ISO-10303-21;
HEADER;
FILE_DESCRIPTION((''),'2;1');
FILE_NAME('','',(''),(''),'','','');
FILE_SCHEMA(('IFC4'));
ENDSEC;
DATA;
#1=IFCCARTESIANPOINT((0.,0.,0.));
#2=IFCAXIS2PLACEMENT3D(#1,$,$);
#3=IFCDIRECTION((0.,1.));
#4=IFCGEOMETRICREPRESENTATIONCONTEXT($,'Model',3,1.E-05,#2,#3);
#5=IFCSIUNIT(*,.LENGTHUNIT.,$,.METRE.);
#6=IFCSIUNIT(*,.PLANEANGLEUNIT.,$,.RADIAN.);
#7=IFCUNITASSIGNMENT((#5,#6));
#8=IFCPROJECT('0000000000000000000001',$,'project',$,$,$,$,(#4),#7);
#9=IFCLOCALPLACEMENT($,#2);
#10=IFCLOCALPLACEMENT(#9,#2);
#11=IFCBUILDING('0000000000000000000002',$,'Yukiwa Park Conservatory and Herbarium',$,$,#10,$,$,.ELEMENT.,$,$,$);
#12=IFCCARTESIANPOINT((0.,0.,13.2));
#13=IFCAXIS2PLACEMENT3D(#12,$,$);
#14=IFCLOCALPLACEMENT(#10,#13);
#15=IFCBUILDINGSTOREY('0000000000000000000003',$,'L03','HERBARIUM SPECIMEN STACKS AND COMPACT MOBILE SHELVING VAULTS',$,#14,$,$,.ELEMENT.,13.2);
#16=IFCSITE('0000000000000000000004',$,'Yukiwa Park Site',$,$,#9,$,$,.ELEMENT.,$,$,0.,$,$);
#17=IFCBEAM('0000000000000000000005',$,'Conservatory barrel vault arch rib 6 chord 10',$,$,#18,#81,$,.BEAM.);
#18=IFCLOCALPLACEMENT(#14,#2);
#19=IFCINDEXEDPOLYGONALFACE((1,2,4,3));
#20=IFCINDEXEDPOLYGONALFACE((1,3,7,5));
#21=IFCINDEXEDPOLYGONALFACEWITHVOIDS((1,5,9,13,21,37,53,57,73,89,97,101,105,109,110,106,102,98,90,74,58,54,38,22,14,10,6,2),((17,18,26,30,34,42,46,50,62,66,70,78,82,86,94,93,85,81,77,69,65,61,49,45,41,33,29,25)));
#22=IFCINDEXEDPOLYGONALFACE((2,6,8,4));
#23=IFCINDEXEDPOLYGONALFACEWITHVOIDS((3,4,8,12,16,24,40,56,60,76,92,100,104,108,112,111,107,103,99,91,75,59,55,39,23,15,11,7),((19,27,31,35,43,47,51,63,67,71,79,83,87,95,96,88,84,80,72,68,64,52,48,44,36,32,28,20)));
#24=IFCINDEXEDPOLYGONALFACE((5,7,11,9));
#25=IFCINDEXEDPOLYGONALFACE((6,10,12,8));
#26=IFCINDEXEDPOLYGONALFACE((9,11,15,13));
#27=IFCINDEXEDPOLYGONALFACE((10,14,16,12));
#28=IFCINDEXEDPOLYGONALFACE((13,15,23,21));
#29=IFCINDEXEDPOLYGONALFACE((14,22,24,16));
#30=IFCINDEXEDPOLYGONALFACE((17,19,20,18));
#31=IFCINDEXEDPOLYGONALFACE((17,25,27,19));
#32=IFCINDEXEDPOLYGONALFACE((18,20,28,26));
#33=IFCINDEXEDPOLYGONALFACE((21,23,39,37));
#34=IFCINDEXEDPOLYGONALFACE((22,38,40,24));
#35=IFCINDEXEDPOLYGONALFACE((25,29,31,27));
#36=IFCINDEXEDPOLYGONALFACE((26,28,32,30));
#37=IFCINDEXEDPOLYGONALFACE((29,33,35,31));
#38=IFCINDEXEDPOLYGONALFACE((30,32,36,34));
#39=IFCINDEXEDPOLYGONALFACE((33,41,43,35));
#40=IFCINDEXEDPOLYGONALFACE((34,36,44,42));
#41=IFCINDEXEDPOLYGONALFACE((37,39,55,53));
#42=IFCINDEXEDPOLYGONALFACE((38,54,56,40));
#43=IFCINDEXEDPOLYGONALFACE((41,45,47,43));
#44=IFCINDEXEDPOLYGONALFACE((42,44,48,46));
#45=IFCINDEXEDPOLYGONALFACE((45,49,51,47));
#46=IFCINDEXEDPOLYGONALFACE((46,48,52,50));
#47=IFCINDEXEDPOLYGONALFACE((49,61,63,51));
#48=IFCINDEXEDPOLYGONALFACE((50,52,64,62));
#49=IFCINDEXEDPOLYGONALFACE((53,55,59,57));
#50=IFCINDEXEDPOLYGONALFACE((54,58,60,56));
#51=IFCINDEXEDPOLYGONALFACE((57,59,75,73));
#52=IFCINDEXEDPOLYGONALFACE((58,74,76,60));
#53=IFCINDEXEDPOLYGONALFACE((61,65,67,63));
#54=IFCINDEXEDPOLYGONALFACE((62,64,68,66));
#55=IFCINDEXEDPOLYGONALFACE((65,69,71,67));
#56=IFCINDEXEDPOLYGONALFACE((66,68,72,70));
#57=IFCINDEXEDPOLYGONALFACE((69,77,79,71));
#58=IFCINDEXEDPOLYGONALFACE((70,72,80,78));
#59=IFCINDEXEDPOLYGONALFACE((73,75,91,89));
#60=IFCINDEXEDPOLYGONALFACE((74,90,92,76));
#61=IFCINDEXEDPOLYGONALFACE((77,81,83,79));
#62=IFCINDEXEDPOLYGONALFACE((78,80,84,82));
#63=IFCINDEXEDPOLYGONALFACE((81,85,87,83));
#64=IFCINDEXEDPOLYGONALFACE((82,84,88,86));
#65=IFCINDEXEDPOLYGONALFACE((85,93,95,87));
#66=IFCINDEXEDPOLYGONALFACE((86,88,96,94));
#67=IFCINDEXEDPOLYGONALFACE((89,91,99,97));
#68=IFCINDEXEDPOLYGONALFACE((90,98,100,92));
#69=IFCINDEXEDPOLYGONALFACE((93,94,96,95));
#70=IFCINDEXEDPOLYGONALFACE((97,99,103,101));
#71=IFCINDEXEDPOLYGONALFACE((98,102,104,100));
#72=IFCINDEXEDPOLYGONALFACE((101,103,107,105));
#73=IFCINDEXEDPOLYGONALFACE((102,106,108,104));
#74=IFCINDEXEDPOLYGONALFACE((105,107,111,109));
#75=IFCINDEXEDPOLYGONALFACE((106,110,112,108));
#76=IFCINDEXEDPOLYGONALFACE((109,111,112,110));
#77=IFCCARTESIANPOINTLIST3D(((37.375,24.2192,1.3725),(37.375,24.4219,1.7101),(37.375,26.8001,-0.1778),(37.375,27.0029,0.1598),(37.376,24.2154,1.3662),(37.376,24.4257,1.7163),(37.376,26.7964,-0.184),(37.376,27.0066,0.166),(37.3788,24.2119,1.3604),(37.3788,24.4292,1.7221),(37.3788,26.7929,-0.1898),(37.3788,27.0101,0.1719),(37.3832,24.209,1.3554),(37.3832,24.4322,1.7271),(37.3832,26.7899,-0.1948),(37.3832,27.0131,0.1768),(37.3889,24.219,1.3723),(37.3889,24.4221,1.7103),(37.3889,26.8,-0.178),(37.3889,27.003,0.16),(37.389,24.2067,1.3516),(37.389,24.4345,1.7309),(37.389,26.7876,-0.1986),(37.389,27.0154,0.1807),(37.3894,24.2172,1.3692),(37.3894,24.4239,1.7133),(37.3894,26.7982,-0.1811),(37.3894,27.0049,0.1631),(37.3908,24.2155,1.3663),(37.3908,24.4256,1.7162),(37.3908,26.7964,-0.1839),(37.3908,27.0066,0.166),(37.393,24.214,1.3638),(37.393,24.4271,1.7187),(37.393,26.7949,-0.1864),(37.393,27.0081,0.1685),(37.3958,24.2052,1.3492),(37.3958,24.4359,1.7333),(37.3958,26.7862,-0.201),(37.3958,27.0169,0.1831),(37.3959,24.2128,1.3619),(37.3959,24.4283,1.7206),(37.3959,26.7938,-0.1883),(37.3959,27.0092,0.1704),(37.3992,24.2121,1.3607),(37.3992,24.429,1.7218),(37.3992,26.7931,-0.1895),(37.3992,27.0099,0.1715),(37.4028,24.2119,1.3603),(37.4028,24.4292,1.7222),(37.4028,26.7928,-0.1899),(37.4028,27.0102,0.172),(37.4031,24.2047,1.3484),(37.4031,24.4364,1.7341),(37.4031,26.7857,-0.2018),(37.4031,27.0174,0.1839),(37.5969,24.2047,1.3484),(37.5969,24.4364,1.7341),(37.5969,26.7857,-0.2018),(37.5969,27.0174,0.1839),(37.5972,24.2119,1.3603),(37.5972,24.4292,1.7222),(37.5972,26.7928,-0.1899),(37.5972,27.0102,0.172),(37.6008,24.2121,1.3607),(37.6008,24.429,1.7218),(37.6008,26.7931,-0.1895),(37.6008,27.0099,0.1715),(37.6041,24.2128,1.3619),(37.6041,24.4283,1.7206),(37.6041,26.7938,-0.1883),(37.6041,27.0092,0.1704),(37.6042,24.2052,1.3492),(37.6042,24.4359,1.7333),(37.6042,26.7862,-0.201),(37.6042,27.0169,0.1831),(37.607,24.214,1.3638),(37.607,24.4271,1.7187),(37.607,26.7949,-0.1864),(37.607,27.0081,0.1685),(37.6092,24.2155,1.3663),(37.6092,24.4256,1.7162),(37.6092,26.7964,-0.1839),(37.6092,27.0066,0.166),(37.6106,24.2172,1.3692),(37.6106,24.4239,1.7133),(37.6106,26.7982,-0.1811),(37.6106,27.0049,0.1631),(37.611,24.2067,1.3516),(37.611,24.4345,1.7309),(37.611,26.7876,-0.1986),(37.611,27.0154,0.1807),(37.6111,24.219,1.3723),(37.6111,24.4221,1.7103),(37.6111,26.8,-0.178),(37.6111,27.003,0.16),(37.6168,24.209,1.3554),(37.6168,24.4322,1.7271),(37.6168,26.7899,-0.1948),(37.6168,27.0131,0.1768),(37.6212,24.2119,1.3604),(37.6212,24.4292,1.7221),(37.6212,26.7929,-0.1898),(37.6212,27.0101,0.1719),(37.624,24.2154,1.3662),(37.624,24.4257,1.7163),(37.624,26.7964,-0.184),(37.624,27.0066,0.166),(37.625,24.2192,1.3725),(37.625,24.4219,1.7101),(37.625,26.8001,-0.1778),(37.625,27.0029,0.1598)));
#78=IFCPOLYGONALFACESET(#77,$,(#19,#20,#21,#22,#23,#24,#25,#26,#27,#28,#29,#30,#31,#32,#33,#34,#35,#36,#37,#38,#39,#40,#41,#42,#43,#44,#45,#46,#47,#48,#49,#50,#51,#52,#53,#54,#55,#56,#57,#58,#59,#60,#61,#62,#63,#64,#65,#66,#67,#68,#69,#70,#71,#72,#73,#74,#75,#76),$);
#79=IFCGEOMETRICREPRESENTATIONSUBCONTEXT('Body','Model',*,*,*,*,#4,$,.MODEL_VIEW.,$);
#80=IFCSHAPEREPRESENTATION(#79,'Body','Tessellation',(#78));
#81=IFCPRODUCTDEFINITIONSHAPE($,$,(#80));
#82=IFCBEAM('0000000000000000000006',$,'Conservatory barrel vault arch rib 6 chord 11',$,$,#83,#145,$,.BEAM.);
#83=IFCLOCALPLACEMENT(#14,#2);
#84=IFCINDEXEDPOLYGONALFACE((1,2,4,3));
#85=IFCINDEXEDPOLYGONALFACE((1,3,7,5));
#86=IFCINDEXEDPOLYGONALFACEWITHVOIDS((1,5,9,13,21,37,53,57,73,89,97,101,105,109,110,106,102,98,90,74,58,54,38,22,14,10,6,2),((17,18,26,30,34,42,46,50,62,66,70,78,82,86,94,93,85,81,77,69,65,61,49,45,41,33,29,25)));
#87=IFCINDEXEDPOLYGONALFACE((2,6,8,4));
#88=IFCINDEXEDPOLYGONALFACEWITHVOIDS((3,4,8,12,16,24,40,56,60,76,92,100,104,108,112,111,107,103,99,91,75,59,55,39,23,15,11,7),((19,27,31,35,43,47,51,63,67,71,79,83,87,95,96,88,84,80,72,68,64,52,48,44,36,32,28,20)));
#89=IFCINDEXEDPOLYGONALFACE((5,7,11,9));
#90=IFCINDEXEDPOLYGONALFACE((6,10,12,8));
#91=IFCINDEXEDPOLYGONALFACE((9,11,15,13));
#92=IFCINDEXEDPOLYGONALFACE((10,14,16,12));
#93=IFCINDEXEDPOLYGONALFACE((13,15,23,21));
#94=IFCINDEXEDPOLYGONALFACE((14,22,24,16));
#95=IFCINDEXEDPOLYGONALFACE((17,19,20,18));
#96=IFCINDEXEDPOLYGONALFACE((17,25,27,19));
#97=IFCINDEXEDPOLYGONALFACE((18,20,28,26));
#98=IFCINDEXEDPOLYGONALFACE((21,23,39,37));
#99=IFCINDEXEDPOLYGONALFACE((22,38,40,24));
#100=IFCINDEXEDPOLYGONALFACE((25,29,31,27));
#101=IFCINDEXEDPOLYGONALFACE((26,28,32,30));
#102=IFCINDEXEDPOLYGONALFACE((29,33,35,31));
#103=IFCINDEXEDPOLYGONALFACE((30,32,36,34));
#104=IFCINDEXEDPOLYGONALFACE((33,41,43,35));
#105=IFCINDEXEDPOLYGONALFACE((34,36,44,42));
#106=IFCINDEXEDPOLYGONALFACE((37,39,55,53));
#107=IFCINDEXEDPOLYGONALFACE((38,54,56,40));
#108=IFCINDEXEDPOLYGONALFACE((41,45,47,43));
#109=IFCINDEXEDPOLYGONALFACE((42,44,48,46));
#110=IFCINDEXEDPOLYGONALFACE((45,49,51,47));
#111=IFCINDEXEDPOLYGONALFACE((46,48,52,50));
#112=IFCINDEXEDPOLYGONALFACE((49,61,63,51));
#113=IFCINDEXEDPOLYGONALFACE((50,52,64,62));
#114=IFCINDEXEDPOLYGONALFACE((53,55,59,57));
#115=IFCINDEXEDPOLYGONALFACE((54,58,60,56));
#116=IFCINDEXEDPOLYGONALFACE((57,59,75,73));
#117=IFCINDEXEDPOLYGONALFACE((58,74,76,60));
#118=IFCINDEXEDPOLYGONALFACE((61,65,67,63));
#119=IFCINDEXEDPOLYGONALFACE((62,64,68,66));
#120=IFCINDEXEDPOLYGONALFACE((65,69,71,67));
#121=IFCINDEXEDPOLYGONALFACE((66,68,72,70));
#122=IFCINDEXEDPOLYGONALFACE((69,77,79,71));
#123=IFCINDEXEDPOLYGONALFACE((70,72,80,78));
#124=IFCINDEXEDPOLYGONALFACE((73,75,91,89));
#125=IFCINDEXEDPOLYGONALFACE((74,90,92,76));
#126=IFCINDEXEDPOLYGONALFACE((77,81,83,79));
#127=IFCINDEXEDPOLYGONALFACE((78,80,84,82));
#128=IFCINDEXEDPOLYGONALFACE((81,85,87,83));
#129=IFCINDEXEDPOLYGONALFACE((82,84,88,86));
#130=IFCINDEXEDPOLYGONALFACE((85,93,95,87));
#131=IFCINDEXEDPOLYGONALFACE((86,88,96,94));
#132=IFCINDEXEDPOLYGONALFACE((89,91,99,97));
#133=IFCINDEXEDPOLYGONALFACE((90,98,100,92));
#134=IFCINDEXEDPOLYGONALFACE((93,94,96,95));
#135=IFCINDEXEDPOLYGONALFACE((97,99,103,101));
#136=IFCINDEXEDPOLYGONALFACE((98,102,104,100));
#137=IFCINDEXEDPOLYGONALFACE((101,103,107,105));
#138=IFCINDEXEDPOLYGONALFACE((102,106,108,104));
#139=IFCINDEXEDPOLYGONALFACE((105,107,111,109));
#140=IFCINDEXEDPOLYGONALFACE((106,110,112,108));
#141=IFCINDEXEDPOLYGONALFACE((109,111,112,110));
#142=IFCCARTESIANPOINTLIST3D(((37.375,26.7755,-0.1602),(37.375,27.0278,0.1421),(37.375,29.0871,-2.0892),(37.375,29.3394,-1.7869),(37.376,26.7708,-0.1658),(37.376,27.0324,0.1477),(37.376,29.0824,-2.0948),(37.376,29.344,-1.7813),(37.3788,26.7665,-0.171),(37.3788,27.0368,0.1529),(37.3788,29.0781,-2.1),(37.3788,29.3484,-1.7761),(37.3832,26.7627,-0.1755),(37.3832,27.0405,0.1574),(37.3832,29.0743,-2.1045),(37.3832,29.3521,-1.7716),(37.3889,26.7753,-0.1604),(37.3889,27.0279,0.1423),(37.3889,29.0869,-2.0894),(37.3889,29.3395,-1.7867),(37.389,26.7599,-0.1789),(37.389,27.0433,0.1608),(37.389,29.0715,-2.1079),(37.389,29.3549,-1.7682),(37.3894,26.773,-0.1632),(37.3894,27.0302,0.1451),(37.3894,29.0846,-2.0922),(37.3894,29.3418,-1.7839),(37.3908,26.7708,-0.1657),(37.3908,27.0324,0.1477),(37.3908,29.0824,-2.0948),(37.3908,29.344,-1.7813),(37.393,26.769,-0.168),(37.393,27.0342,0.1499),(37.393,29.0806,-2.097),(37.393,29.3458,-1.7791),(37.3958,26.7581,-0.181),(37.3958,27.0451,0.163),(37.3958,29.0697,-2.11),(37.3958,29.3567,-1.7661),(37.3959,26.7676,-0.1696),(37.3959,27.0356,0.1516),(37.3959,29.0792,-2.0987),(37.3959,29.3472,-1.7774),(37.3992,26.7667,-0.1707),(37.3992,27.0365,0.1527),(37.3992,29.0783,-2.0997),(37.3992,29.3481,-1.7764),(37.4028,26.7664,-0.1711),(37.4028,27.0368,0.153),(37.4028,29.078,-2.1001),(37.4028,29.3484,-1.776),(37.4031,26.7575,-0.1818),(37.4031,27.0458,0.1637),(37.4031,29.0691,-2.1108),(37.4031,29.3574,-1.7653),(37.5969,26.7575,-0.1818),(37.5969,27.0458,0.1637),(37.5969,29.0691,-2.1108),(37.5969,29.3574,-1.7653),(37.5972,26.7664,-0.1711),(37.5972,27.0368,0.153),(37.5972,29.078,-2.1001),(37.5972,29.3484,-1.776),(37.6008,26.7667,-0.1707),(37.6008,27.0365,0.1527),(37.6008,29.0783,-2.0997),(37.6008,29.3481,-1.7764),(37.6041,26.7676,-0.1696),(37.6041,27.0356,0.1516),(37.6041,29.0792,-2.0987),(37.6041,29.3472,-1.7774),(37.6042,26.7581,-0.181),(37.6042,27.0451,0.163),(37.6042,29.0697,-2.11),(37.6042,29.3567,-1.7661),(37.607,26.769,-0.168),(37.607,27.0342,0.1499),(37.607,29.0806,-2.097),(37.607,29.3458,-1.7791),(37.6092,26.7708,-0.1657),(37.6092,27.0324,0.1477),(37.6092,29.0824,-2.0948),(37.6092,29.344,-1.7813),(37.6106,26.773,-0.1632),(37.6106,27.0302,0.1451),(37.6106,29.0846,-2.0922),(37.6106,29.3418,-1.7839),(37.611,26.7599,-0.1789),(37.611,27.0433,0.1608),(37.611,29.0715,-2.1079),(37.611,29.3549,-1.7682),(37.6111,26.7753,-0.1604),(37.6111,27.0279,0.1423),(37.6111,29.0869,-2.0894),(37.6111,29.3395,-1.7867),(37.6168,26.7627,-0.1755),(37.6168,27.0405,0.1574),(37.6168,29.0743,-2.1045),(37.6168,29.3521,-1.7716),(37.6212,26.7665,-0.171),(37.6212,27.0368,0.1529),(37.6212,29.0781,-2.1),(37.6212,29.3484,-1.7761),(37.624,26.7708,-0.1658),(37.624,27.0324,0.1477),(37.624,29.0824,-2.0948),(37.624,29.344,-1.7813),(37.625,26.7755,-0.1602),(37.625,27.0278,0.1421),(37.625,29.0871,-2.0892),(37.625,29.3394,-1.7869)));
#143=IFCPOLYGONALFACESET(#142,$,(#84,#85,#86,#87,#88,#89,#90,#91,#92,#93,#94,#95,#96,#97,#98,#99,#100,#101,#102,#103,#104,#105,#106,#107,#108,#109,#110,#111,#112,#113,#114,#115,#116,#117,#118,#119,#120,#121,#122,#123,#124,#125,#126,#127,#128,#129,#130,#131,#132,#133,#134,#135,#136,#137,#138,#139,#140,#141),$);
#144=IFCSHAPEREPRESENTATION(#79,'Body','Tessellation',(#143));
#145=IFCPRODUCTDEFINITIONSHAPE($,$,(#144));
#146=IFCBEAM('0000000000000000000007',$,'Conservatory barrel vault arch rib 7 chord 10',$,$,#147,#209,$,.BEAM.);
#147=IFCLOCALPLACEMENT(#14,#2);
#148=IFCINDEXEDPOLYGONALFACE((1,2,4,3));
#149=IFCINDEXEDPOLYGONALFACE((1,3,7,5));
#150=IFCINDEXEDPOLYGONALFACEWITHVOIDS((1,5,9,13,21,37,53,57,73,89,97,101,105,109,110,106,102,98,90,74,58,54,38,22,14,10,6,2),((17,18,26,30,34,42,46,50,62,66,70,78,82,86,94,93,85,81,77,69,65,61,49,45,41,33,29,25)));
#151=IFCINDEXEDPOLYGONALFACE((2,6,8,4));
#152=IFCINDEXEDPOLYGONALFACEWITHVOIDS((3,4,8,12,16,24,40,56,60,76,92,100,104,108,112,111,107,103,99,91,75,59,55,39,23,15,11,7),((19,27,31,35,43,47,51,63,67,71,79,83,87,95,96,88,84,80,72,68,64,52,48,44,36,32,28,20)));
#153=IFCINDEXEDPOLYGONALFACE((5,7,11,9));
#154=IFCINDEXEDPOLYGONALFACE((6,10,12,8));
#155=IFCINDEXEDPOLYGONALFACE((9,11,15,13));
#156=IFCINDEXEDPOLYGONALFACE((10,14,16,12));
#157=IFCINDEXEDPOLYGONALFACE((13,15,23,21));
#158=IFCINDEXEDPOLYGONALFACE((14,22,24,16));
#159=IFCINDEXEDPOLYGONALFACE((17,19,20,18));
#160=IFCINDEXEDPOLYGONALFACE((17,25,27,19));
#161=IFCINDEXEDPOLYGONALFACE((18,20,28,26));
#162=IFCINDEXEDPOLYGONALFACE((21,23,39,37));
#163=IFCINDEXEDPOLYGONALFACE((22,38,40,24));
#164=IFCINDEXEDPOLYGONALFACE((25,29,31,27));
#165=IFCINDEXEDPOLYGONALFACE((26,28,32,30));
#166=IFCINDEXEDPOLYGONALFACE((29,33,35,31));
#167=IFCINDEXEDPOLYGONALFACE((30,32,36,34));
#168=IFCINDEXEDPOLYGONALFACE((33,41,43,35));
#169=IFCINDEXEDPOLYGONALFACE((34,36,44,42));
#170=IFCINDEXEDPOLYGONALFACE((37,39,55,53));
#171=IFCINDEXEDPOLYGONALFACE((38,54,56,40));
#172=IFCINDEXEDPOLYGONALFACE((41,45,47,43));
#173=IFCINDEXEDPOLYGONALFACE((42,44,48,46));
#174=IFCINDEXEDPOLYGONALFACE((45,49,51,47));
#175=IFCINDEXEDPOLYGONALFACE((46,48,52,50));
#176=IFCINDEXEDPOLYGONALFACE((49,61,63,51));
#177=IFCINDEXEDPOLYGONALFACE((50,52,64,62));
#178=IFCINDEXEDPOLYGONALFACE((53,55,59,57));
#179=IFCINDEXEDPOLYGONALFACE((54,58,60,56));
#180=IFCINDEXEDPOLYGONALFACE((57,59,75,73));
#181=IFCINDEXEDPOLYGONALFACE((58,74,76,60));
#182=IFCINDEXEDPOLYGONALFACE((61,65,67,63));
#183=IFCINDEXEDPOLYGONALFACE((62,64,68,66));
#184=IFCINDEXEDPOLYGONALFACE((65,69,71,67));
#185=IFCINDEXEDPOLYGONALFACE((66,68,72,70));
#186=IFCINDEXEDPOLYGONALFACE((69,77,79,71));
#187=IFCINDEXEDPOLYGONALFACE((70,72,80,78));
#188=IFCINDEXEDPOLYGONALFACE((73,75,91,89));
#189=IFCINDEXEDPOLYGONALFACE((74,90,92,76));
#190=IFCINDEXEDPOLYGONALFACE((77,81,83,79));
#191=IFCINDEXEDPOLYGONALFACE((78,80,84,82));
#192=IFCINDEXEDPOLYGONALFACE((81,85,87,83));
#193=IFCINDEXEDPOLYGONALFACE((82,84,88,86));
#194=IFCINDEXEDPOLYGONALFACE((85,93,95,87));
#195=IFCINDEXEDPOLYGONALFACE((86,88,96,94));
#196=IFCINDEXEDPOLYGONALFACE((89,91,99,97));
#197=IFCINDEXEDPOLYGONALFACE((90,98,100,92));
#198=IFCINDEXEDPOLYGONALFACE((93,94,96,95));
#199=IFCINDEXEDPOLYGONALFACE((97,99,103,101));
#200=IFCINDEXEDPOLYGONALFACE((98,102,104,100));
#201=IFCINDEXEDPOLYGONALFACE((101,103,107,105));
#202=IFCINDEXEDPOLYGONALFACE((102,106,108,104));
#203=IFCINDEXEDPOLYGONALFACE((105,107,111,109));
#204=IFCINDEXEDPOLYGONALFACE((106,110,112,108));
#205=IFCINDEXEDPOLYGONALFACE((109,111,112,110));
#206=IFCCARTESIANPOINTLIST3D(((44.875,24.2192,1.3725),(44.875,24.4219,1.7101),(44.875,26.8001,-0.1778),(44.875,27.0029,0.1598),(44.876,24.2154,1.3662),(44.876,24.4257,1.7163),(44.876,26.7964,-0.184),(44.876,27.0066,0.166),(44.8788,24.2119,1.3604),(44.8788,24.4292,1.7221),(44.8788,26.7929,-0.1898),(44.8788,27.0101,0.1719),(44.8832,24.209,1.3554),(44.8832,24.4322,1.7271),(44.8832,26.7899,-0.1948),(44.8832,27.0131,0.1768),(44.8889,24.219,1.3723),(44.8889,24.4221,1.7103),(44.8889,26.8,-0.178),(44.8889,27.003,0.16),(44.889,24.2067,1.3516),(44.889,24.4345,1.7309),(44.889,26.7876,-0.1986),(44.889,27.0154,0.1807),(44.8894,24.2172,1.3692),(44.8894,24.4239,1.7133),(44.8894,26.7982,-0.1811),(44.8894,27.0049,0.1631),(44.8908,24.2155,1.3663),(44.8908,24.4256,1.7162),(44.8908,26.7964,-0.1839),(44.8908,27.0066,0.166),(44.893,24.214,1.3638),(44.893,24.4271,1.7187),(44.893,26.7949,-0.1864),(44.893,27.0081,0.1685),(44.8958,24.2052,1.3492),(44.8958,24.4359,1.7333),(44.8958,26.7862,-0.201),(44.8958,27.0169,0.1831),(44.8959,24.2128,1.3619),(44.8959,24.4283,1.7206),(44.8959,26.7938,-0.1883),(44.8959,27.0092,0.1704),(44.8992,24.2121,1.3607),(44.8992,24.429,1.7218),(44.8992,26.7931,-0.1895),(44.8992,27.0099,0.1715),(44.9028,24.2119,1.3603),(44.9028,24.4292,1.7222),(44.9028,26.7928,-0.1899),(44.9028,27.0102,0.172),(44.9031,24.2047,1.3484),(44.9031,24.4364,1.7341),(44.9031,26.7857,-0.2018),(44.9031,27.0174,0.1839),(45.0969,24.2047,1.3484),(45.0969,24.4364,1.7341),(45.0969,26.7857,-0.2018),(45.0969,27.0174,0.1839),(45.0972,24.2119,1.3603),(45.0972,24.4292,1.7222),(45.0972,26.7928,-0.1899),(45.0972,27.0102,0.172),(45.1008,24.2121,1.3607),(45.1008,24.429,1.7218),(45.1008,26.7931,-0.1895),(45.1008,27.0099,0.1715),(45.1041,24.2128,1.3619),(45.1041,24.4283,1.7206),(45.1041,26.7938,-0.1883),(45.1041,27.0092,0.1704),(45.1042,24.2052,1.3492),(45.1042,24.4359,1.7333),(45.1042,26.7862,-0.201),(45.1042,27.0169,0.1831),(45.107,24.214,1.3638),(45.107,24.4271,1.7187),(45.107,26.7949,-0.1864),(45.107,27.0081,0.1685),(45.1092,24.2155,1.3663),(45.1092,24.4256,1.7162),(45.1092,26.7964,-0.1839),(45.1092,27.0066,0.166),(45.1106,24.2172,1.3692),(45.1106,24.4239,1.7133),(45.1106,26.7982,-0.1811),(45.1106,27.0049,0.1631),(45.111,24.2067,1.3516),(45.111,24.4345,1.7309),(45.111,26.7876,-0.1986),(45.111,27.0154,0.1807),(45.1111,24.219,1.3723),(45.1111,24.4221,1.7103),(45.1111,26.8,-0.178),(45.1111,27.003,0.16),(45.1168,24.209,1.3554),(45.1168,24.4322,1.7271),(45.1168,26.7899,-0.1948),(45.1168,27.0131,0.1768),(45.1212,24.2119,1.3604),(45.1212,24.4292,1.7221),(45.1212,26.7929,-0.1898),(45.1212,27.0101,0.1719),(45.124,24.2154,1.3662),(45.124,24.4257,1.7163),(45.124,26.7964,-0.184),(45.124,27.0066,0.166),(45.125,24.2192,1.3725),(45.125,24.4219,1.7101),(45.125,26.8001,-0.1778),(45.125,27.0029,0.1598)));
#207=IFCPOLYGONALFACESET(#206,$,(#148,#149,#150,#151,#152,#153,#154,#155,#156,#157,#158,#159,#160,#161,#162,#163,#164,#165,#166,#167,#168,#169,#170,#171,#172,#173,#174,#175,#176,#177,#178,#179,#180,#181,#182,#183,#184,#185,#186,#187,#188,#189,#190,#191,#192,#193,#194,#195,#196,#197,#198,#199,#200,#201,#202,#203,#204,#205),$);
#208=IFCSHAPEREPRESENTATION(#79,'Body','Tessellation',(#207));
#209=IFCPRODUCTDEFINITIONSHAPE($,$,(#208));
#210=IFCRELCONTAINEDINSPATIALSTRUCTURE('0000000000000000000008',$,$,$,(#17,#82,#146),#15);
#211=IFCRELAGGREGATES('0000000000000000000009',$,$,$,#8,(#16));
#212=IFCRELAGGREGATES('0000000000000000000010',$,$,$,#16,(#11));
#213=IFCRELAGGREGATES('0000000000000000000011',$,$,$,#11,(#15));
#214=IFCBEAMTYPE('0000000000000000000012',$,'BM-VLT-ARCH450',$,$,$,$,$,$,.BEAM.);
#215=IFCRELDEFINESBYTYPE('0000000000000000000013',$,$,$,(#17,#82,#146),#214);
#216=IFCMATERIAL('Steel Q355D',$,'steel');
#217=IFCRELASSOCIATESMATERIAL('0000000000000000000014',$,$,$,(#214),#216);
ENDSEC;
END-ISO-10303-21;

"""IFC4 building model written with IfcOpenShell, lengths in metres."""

from ifc_helpers import new_model, si_unit, direction, frame, origin, origin_2d, place, context, subcontext, project, spatial, hollow_rectangle, extrude, material, material_profile, profile_set, type_object, element, save


model = new_model("IFC4")

# Units and contexts
model_context = context("Model", 3, precision=1e-05, world=origin(), true_north=direction((0.0, 1.0)))
body_context = subcontext(model_context, "Body", "Model", "MODEL_VIEW")
ifc_project = project(units=[si_unit("LENGTHUNIT", "METRE"), si_unit("PLANEANGLEUNIT", "RADIAN")], contexts=[model_context])

# Site, building, storey
site_placement = place(None, origin())
site = spatial("IfcSite", under=ifc_project, at=site_placement, Name="Yukiwa Park Site", CompositionType="ELEMENT", RefElevation=0.0)
building_placement = place(site_placement, origin())
building = spatial("IfcBuilding", under=site, at=building_placement, Name="Yukiwa Park Conservatory and Herbarium", CompositionType="ELEMENT")
storey_placement = place(building_placement, frame((0.0, 0.0, 13.2)))
storey = spatial("IfcBuildingStorey", under=building, at=storey_placement, Name="L03", Description="HERBARIUM SPECIMEN STACKS AND COMPACT MOBILE SHELVING VAULTS", CompositionType="ELEMENT", Elevation=13.2)

# Beams
ifc_material_1 = material(Name="Steel Q355D", Category="steel")
ifc_material_profile_1 = material_profile(ifc_material_1, hollow_rectangle(XDim=0.25, YDim=0.45, WallThickness=0.0139, InnerFilletRadius=0.0139, OuterFilletRadius=0.0281, at=origin_2d()), Name="RHS 450x250x14")
ifc_profile_set_1 = profile_set([ifc_material_profile_1], Name="Steel Q355D")
beam_type = type_object("IfcBeamType", Name="BM-VLT-ARCH450", PredefinedType="BEAM", material=ifc_profile_set_1)
for number, where, z_axis, x_axis, name in (
    (1, (37.5, 24.3206, 1.5413), (0.0, 0.85725, -0.514901), (-1.0, 0.0, 0.0), "Conservatory barrel vault arch rib 6 chord 10"),
    (2, (37.5, 26.9016, -0.009), (0.0, 0.767782, -0.640711), (-1.0, 0.0, 0.0), "Conservatory barrel vault arch rib 6 chord 11"),
    (3, (45.0, 24.3206, 1.5413), (0.0, 0.85725, -0.514901), (-1.0, 0.0, 0.0), "Conservatory barrel vault arch rib 7 chord 10"),
):
    element("IfcBeam", number, at=place(storey_placement, frame(where, z_axis=z_axis, x_axis=x_axis)), inside=storey, type_object=beam_type, Name=name, PredefinedType="BEAM", context=body_context, shape_type="SweptSolid", body=[
        extrude(hollow_rectangle(XDim=0.25, YDim=0.45, WallThickness=0.0139, InnerFilletRadius=0.0139, OuterFilletRadius=0.0281, at=origin_2d()), origin(), (0.0, 0.0, 1.0), 3.0107),
    ])

save(model, "model.ifc")
